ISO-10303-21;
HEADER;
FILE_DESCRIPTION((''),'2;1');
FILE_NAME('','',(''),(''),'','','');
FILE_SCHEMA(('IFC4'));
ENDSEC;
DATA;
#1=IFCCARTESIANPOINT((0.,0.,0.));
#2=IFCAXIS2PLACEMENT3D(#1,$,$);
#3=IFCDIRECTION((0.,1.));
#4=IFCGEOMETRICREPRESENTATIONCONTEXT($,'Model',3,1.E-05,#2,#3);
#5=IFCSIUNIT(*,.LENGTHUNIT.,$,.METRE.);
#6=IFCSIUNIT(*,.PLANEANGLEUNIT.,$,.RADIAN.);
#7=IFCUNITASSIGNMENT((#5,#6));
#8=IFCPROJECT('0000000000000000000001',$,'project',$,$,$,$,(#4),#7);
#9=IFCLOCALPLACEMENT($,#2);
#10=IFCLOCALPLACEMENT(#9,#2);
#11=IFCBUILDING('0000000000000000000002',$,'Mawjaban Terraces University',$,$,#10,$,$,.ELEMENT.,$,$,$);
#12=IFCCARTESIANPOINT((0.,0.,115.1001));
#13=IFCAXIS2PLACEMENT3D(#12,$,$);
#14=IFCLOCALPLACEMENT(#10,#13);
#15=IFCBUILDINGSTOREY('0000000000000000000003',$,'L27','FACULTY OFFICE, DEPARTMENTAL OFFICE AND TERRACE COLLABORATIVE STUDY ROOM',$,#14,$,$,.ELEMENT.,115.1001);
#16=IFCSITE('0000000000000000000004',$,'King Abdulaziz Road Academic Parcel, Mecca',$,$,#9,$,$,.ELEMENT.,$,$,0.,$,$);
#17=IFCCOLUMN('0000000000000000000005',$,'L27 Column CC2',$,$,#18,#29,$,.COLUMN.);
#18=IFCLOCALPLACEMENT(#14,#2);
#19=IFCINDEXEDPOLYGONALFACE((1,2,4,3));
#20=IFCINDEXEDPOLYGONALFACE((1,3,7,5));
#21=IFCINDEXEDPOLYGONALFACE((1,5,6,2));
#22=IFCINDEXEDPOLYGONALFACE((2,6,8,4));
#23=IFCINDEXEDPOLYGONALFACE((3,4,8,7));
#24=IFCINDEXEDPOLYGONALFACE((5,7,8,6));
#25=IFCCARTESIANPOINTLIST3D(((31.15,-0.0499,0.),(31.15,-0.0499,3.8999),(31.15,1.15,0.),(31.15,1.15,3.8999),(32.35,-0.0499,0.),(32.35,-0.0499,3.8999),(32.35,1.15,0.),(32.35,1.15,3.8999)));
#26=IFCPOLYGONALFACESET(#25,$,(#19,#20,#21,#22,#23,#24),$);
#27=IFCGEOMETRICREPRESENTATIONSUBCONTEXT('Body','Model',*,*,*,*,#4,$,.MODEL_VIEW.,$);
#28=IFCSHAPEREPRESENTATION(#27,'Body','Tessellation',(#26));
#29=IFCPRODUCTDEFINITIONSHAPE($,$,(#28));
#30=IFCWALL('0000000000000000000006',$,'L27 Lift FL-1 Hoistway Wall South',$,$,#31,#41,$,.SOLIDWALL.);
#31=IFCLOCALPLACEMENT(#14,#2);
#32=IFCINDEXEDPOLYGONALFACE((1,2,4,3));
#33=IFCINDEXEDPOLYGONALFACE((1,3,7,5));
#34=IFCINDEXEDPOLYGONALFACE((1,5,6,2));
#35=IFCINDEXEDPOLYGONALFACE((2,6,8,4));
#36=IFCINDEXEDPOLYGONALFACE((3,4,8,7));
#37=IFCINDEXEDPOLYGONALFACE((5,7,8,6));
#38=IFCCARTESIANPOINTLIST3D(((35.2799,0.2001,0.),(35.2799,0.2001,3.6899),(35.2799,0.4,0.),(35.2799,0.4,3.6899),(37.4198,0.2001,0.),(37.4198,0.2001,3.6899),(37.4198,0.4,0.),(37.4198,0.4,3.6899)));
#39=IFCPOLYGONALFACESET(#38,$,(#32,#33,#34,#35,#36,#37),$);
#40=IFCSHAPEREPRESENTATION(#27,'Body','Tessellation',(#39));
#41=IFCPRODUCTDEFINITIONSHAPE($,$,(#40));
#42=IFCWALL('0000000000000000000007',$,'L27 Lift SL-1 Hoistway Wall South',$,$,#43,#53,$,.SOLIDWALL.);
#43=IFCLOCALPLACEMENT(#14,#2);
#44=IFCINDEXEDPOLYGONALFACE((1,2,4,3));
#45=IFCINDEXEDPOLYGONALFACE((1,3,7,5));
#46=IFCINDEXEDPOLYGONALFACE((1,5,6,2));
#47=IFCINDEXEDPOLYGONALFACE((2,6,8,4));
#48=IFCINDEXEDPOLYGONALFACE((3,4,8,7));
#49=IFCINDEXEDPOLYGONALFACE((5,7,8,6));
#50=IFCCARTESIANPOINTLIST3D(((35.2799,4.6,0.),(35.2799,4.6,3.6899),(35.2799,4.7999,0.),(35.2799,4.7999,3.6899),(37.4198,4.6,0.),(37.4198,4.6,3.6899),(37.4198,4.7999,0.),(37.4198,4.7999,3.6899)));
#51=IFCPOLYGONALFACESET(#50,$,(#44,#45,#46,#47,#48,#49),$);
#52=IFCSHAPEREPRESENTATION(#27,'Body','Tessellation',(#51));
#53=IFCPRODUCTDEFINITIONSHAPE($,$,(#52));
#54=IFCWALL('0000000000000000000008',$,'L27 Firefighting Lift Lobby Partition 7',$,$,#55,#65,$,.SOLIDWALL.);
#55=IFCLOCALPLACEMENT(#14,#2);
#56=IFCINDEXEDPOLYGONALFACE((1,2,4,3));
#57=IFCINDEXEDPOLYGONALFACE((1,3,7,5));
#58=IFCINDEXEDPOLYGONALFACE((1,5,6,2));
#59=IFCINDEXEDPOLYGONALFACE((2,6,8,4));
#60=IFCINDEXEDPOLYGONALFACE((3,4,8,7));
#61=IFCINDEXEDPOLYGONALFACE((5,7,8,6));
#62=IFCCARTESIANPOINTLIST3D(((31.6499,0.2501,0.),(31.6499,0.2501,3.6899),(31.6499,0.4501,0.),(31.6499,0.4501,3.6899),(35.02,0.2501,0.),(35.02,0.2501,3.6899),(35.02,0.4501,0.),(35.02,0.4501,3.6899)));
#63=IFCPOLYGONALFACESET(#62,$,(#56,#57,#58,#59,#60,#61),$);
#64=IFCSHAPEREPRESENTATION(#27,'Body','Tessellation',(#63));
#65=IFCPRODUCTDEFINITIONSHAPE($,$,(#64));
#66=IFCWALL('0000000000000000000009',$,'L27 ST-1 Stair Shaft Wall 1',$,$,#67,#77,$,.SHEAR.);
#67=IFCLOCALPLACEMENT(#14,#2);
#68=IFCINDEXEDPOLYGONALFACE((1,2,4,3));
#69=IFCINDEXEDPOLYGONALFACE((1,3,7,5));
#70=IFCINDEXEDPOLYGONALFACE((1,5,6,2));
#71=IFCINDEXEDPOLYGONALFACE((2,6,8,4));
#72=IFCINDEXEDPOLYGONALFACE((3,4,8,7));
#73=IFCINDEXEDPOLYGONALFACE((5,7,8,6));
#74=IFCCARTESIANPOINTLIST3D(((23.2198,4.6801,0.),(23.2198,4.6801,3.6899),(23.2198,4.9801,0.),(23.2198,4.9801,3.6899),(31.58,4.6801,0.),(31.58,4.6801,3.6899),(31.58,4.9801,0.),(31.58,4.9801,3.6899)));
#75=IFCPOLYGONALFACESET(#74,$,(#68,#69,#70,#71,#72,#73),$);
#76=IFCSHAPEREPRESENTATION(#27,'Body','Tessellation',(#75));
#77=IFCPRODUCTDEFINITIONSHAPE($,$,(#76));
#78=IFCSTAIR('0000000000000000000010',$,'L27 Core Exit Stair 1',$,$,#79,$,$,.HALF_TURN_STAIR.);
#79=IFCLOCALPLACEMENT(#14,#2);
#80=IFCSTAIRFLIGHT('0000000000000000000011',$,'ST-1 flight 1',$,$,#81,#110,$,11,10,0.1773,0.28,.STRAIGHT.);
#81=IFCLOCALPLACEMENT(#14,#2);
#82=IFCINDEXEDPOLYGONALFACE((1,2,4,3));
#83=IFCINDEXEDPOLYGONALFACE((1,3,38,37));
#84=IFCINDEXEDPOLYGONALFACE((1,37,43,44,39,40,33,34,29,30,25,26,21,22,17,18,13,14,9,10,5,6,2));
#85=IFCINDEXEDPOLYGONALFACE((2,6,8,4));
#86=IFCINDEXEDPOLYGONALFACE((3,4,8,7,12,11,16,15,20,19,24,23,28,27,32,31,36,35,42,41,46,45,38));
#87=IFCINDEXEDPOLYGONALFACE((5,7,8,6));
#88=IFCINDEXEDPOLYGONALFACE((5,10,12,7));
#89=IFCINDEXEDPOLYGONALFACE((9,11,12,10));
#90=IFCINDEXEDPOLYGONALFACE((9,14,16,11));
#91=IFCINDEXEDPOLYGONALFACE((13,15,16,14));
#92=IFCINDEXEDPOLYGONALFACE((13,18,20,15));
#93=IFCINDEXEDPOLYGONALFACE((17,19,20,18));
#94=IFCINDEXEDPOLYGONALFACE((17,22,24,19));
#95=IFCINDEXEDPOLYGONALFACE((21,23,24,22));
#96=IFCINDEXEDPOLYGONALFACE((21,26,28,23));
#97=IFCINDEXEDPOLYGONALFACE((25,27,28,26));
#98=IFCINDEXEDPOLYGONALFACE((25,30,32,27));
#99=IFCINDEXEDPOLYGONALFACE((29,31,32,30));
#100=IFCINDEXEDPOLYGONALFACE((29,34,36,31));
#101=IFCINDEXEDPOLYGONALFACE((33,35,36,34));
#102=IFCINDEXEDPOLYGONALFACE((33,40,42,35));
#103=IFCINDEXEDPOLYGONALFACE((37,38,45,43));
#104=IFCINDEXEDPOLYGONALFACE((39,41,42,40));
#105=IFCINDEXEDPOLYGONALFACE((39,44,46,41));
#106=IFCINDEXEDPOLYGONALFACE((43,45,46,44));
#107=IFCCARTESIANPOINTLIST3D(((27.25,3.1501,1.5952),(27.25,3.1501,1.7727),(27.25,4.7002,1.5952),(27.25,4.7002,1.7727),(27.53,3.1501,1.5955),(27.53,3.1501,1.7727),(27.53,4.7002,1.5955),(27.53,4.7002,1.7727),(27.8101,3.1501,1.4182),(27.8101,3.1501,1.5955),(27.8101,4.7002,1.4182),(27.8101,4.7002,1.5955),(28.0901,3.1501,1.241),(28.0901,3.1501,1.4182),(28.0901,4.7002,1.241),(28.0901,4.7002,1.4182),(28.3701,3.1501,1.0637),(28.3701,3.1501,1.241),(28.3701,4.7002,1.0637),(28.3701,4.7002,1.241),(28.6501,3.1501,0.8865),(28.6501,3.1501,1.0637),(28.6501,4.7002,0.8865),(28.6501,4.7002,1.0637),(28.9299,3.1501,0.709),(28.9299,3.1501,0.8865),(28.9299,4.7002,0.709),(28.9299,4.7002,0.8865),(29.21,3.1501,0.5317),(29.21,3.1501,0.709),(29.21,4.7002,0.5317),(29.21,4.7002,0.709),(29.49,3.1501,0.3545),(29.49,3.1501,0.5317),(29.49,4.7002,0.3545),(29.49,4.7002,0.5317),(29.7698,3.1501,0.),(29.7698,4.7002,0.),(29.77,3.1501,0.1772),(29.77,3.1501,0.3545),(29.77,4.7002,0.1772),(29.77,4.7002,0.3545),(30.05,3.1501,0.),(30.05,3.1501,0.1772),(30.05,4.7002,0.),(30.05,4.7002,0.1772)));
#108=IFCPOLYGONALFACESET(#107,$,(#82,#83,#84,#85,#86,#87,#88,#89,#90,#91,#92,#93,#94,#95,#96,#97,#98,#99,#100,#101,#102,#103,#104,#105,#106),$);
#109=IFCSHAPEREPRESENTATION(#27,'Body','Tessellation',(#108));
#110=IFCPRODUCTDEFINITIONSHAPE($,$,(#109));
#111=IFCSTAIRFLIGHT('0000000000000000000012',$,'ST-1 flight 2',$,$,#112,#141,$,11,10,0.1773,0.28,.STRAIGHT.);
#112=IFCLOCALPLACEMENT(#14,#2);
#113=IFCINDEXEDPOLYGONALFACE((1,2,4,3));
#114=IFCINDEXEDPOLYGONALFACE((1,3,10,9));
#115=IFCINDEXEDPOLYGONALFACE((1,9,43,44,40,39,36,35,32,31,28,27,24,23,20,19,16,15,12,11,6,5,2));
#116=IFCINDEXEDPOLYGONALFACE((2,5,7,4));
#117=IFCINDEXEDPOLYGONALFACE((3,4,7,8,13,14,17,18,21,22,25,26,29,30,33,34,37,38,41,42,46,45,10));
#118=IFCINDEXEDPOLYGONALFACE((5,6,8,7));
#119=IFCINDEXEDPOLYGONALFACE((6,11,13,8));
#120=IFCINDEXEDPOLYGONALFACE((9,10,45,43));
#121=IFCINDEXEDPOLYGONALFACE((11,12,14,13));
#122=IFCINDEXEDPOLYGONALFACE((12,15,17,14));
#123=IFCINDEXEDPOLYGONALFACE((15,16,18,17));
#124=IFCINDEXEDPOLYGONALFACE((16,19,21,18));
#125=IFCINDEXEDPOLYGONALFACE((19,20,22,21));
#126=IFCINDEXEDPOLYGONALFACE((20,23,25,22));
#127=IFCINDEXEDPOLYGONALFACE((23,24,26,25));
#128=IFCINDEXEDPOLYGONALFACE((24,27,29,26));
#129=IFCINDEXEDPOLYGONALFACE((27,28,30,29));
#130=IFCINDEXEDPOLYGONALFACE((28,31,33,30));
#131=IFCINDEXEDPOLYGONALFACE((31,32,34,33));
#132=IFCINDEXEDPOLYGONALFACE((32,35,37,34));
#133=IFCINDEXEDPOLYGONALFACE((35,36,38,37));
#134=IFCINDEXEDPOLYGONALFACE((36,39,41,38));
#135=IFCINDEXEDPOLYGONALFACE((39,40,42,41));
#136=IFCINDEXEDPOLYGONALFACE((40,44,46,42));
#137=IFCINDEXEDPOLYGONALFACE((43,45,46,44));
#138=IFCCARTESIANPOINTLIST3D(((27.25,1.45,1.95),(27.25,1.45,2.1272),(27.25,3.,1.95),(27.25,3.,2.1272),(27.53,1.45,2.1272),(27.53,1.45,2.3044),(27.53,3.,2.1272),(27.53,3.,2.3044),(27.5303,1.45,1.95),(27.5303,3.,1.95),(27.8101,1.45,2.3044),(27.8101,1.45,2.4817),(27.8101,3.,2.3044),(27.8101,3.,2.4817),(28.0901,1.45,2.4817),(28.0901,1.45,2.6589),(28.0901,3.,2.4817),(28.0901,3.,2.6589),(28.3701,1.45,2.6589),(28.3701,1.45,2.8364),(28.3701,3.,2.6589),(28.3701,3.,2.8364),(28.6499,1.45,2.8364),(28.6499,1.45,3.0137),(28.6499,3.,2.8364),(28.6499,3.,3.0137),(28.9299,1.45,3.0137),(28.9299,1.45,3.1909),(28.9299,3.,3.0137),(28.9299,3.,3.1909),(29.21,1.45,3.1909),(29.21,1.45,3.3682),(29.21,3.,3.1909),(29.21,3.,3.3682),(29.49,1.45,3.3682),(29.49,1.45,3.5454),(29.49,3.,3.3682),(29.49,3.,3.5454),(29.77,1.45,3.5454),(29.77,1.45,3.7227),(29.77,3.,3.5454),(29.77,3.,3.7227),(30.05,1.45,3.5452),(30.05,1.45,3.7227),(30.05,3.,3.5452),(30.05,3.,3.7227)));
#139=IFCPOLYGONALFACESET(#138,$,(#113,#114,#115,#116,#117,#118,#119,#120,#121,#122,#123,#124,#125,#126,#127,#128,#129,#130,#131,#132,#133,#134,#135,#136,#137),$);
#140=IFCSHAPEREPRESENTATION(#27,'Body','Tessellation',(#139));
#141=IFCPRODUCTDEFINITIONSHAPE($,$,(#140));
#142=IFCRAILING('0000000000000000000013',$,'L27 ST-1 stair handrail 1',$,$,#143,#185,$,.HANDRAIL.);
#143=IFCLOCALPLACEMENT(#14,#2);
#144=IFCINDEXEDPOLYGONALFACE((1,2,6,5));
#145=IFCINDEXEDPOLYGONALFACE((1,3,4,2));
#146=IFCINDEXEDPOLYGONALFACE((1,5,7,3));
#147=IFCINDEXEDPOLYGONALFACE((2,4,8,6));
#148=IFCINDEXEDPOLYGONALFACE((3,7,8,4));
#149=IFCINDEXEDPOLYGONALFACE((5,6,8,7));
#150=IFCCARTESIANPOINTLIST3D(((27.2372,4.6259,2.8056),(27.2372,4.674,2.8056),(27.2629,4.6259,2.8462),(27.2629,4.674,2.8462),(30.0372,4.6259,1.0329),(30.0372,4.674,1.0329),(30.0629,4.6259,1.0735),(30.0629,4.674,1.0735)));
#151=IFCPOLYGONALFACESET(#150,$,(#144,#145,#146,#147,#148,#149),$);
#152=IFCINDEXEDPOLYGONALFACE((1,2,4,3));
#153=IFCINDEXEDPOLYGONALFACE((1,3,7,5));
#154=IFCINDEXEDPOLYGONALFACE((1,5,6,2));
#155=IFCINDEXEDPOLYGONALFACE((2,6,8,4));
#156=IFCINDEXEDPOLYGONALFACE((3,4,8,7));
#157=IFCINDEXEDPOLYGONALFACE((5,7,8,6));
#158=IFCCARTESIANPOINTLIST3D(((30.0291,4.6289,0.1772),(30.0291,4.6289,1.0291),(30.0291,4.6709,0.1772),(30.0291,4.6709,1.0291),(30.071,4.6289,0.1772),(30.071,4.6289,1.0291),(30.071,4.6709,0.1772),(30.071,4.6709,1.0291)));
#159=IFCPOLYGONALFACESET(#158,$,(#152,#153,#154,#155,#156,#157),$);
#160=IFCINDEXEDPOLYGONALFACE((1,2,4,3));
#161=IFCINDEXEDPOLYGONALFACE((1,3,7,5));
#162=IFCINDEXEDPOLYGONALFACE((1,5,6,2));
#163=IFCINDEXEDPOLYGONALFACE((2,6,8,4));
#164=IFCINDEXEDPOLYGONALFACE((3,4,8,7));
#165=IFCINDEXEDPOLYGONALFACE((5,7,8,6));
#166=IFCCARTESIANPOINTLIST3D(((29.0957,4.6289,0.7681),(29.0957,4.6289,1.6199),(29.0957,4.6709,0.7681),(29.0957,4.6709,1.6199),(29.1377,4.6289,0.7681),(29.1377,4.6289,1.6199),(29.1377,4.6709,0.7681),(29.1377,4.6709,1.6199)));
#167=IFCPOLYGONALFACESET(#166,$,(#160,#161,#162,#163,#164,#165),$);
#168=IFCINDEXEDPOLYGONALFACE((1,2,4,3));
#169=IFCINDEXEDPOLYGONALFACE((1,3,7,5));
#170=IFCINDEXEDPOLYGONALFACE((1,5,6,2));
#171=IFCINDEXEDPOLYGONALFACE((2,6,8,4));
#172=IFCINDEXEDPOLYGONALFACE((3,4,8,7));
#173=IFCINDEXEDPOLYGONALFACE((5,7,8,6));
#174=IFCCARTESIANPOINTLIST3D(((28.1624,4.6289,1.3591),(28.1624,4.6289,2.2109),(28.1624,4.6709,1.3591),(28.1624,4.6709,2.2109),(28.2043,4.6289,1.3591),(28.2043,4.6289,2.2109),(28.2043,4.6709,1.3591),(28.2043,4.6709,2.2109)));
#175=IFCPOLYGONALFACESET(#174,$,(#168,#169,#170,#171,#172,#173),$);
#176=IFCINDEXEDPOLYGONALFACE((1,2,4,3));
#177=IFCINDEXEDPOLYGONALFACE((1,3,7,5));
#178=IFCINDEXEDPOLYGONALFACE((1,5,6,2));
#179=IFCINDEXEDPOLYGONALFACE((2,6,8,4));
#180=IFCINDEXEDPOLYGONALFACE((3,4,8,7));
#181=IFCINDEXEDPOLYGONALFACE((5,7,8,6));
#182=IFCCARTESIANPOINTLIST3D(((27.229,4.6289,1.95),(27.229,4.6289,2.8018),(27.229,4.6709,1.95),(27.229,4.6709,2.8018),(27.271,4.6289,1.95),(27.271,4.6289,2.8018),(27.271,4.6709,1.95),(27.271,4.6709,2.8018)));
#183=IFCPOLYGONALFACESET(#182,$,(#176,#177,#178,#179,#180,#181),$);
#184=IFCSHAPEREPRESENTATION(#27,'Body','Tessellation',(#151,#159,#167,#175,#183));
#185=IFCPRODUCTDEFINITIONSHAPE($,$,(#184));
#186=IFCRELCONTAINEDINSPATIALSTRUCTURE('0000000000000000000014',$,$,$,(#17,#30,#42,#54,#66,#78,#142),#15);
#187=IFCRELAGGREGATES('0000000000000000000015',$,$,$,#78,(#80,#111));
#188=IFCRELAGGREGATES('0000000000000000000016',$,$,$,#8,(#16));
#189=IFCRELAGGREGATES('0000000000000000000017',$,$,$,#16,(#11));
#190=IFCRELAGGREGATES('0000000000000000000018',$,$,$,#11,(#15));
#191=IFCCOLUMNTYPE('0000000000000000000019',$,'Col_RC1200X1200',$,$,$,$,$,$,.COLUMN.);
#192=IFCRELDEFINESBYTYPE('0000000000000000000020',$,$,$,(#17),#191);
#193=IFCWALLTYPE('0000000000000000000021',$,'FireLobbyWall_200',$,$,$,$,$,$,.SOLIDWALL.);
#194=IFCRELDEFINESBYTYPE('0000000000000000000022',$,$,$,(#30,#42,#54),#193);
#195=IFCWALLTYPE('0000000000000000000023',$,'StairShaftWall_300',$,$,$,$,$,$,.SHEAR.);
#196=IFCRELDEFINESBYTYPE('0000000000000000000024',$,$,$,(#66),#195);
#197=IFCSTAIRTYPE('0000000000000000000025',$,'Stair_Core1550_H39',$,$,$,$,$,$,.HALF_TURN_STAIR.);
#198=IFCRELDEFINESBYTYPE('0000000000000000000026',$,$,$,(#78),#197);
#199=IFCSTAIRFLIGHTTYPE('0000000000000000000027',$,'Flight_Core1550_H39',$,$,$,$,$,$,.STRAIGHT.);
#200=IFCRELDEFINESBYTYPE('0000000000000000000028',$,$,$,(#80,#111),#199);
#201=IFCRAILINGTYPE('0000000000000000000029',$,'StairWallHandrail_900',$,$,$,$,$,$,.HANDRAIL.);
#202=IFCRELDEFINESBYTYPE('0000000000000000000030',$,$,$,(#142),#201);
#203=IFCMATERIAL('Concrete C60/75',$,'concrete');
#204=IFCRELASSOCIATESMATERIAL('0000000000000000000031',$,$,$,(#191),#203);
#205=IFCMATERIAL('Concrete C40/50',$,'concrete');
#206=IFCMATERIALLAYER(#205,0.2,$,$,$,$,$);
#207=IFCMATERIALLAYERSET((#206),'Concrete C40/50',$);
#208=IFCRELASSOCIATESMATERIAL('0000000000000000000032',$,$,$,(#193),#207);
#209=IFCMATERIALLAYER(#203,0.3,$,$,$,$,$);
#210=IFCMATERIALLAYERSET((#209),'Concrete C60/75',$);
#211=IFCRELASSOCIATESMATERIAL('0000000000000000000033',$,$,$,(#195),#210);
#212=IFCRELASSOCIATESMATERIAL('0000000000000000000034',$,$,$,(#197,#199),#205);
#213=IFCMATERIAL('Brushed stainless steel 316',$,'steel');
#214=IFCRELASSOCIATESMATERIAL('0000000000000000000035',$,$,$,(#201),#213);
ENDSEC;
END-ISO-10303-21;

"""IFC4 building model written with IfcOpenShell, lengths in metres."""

from ifc_helpers import new_model, si_unit, direction, frame, frame_2d, origin, origin_2d, place, context, subcontext, project, spatial, polyline, rectangle, outline, extrude, material, layer, layer_set, material_profile, profile_set, type_object, element, aggregate, save


model = new_model("IFC4")

# Units and contexts
model_context = context("Model", 3, precision=1e-05, world=origin(), true_north=direction((0.0, 1.0)))
body_context = subcontext(model_context, "Body", "Model", "MODEL_VIEW")
ifc_project = project(units=[si_unit("LENGTHUNIT", "METRE"), si_unit("PLANEANGLEUNIT", "RADIAN")], contexts=[model_context])

# Site, building, storey
site_placement = place(None, origin())
site = spatial("IfcSite", under=ifc_project, at=site_placement, Name="King Abdulaziz Road Academic Parcel, Mecca", CompositionType="ELEMENT", RefElevation=0.0)
building_placement = place(site_placement, origin())
building = spatial("IfcBuilding", under=site, at=building_placement, Name="Mawjaban Terraces University", CompositionType="ELEMENT")
storey_placement = place(building_placement, frame((0.0, 0.0, 115.1001)))
storey = spatial("IfcBuildingStorey", under=building, at=storey_placement, Name="L27", Description="FACULTY OFFICE, DEPARTMENTAL OFFICE AND TERRACE COLLABORATIVE STUDY ROOM", CompositionType="ELEMENT", Elevation=115.1001)

# Column
ifc_material_1 = material(Name="Concrete C60/75", Category="concrete")
ifc_material_profile = material_profile(ifc_material_1, rectangle(XDim=1.2, YDim=1.2, at=origin_2d()), Name="RC1200X1200")
ifc_profile_set = profile_set([ifc_material_profile], Name="Concrete C60/75")
column_type = type_object("IfcColumnType", Name="Col_RC1200X1200", PredefinedType="COLUMN", material=ifc_profile_set)
column_placement = place(storey_placement, frame((31.75, 0.55, 0.0), z_axis=(0.0, 0.0, 1.0), x_axis=(1.0, 0.0, 0.0)))
element("IfcColumn", 1, at=column_placement, inside=storey, type_object=column_type, Name="L27 Column CC2", PredefinedType="COLUMN", context=body_context, shape_type="SweptSolid", body=[
    extrude(rectangle(XDim=1.2, YDim=1.2, at=origin_2d()), origin(), (0.0, 0.0, 1.0), 3.8999),
])

# Shared definitions
ifc_material_2 = material(Name="Concrete C40/50", Category="concrete")
ifc_layer_1 = layer(ifc_material_2, 0.2)
ifc_layer_set_1 = layer_set([ifc_layer_1], Name="Concrete C40/50")
wall_type_1 = type_object("IfcWallType", Name="FireLobbyWall_200", PredefinedType="SOLIDWALL", material=ifc_layer_set_1)

# Wall
wall_1_placement = place(storey_placement, frame((35.28, 0.3, 0.0), z_axis=(0.0, 0.0, 1.0), x_axis=(1.0, 0.0, 0.0)))
element("IfcWall", 2, at=wall_1_placement, inside=storey, type_object=wall_type_1, Name="L27 Lift FL-1 Hoistway Wall South", PredefinedType="SOLIDWALL", context=body_context, shape_type="SweptSolid", body=[
    extrude(rectangle(XDim=2.1399, YDim=0.2, at=frame_2d((1.0698, 0.0))), origin(), (0.0, 0.0, 1.0), 3.6899),
])

# Walls
wall_2_placement = place(storey_placement, frame((35.28, 4.7, 0.0), z_axis=(0.0, 0.0, 1.0), x_axis=(1.0, 0.0, 0.0)))
element("IfcWall", 3, at=wall_2_placement, inside=storey, type_object=wall_type_1, Name="L27 Lift SL-1 Hoistway Wall South", PredefinedType="SOLIDWALL", context=body_context, shape_type="SweptSolid", body=[
    extrude(rectangle(XDim=2.1399, YDim=0.2, at=frame_2d((1.0698, 0.0))), origin(), (0.0, 0.0, 1.0), 3.6899),
])
wall_3_placement = place(storey_placement, frame((31.6499, 0.3501, 0.0), z_axis=(0.0, 0.0, 1.0), x_axis=(1.0, 0.0, 0.0)))
element("IfcWall", 4, at=wall_3_placement, inside=storey, type_object=wall_type_1, Name="L27 Firefighting Lift Lobby Partition 7", PredefinedType="SOLIDWALL", context=body_context, shape_type="SweptSolid", body=[
    extrude(rectangle(XDim=3.3701, YDim=0.2, at=frame_2d((1.6851, 0.0))), origin(), (0.0, 0.0, 1.0), 3.6899),
])

# Wall
ifc_layer_2 = layer(ifc_material_1, 0.3)
ifc_layer_set_2 = layer_set([ifc_layer_2], Name="Concrete C60/75")
wall_type_2 = type_object("IfcWallType", Name="StairShaftWall_300", PredefinedType="SHEAR", material=ifc_layer_set_2)
wall_4_placement = place(storey_placement, frame((31.5801, 4.8301, 0.0), z_axis=(0.0, 0.0, 1.0), x_axis=(-1.0, 0.0, 0.0)))
element("IfcWall", 5, at=wall_4_placement, inside=storey, type_object=wall_type_2, Name="L27 ST-1 Stair Shaft Wall 1", PredefinedType="SHEAR", context=body_context, shape_type="SweptSolid", body=[
    extrude(rectangle(XDim=8.3601, YDim=0.3, at=frame_2d((4.1802, 0.0))), origin(), (0.0, 0.0, 1.0), 3.6899),
])

# Stair, stair flights
stair_type = type_object("IfcStairType", Name="Stair_Core1550_H39", PredefinedType="HALF_TURN_STAIR", material=ifc_material_2)
stair_placement = place(storey_placement, origin())
stair = element("IfcStair", 6, at=stair_placement, inside=storey, type_object=stair_type, Name="L27 Core Exit Stair 1", PredefinedType="HALF_TURN_STAIR")
stair_flight_type = type_object("IfcStairFlightType", Name="Flight_Core1550_H39", PredefinedType="STRAIGHT", material=ifc_material_2)
stair_flight_1_placement = place(storey_placement, frame((30.05, 3.925, 0.0), z_axis=(0.0, 0.0, 1.0), x_axis=(-1.0, 0.0, 0.0)))
stair_flight_1 = element("IfcStairFlight", 7, at=stair_flight_1_placement, type_object=stair_flight_type, Name="ST-1 flight 1", NumberOfRisers=11, NumberOfTreads=10, PredefinedType="STRAIGHT", RiserHeight=0.1773, TreadLength=0.28, context=body_context, shape_type="SweptSolid", body=[
    extrude(outline(polyline([(0.0, 0.0), (0.0, 0.1772), (0.28, 0.1772), (0.28, 0.3545), (0.5601, 0.3545), (0.5601, 0.5317), (0.8401, 0.5317), (0.8401, 0.709), (1.1201, 0.709), (1.1201, 0.8865), (1.3999, 0.8865), (1.3999, 1.0637), (1.6799, 1.0637), (1.6799, 1.241), (1.96, 1.241), (1.96, 1.4182), (2.24, 1.4182), (2.24, 1.5955), (2.52, 1.5955), (2.52, 1.7727), (2.8, 1.7727), (2.8, 1.95), (2.8, 1.5952), (0.2803, 0.0), (0.0, 0.0)])), frame((0.0, 0.7749, 0.0), z_axis=(0.0, -1.0, 0.0), x_axis=(1.0, 0.0, 0.0)), (0.0, 0.0, 1.0), 1.55),
])
stair_flight_2_placement = place(storey_placement, frame((27.25, 2.2251, 1.95), z_axis=(0.0, 0.0, 1.0), x_axis=(1.0, 0.0, 0.0)))
stair_flight_2 = element("IfcStairFlight", 8, at=stair_flight_2_placement, type_object=stair_flight_type, Name="ST-1 flight 2", NumberOfRisers=11, NumberOfTreads=10, PredefinedType="STRAIGHT", RiserHeight=0.1773, TreadLength=0.28, context=body_context, shape_type="SweptSolid", body=[
    extrude(outline(polyline([(0.0, 0.0), (0.0, 0.1772), (0.28, 0.1772), (0.28, 0.3545), (0.5601, 0.3545), (0.5601, 0.5317), (0.8401, 0.5317), (0.8401, 0.709), (1.1201, 0.709), (1.1201, 0.8865), (1.3999, 0.8865), (1.3999, 1.0637), (1.6799, 1.0637), (1.6799, 1.241), (1.96, 1.241), (1.96, 1.4182), (2.24, 1.4182), (2.24, 1.5955), (2.52, 1.5955), (2.52, 1.7727), (2.8, 1.7727), (2.8, 1.95), (2.8, 1.5952), (0.2803, 0.0), (0.0, 0.0)])), frame((0.0, 0.7749, 0.0), z_axis=(0.0, -1.0, 0.0), x_axis=(1.0, 0.0, 0.0)), (0.0, 0.0, 1.0), 1.55),
])
aggregate(stair, [stair_flight_1, stair_flight_2])

# Railing
ifc_material_3 = material(Name="Brushed stainless steel 316", Category="steel")
railing_type_1 = type_object("IfcRailingType", Name="StairWallHandrail_900", PredefinedType="HANDRAIL", material=ifc_material_3)
railing_1_placement = place(storey_placement, frame((30.05, 4.6499, 0.1772)))
element("IfcRailing", 9, at=railing_1_placement, inside=storey, type_object=railing_type_1, Name="L27 ST-1 stair handrail 1", PredefinedType="HANDRAIL", context=body_context, shape_type="SweptSolid", body=[
    extrude(rectangle(XDim=0.0481, YDim=0.0481, at=origin_2d()), frame((0.0, 0.0, 0.876), z_axis=(-0.844909, 0.0, 0.53491), x_axis=(0.0, -1.0, 0.0)), (0.0, 0.0, 1.0), 3.314),
    extrude(rectangle(XDim=0.042, YDim=0.042, at=origin_2d()), origin(), (0.0, 0.0, 1.0), 0.8518),
    extrude(rectangle(XDim=0.042, YDim=0.042, at=origin_2d()), frame((-0.9333, 0.0, 0.5908)), (0.0, 0.0, 1.0), 0.8518),
    extrude(rectangle(XDim=0.042, YDim=0.042, at=origin_2d()), frame((-1.8667, 0.0, 1.1819)), (0.0, 0.0, 1.0), 0.8518),
    extrude(rectangle(XDim=0.042, YDim=0.042, at=origin_2d()), frame((-2.8, 0.0, 1.7727)), (0.0, 0.0, 1.0), 0.8518),
])

save(model, "model.ifc")
